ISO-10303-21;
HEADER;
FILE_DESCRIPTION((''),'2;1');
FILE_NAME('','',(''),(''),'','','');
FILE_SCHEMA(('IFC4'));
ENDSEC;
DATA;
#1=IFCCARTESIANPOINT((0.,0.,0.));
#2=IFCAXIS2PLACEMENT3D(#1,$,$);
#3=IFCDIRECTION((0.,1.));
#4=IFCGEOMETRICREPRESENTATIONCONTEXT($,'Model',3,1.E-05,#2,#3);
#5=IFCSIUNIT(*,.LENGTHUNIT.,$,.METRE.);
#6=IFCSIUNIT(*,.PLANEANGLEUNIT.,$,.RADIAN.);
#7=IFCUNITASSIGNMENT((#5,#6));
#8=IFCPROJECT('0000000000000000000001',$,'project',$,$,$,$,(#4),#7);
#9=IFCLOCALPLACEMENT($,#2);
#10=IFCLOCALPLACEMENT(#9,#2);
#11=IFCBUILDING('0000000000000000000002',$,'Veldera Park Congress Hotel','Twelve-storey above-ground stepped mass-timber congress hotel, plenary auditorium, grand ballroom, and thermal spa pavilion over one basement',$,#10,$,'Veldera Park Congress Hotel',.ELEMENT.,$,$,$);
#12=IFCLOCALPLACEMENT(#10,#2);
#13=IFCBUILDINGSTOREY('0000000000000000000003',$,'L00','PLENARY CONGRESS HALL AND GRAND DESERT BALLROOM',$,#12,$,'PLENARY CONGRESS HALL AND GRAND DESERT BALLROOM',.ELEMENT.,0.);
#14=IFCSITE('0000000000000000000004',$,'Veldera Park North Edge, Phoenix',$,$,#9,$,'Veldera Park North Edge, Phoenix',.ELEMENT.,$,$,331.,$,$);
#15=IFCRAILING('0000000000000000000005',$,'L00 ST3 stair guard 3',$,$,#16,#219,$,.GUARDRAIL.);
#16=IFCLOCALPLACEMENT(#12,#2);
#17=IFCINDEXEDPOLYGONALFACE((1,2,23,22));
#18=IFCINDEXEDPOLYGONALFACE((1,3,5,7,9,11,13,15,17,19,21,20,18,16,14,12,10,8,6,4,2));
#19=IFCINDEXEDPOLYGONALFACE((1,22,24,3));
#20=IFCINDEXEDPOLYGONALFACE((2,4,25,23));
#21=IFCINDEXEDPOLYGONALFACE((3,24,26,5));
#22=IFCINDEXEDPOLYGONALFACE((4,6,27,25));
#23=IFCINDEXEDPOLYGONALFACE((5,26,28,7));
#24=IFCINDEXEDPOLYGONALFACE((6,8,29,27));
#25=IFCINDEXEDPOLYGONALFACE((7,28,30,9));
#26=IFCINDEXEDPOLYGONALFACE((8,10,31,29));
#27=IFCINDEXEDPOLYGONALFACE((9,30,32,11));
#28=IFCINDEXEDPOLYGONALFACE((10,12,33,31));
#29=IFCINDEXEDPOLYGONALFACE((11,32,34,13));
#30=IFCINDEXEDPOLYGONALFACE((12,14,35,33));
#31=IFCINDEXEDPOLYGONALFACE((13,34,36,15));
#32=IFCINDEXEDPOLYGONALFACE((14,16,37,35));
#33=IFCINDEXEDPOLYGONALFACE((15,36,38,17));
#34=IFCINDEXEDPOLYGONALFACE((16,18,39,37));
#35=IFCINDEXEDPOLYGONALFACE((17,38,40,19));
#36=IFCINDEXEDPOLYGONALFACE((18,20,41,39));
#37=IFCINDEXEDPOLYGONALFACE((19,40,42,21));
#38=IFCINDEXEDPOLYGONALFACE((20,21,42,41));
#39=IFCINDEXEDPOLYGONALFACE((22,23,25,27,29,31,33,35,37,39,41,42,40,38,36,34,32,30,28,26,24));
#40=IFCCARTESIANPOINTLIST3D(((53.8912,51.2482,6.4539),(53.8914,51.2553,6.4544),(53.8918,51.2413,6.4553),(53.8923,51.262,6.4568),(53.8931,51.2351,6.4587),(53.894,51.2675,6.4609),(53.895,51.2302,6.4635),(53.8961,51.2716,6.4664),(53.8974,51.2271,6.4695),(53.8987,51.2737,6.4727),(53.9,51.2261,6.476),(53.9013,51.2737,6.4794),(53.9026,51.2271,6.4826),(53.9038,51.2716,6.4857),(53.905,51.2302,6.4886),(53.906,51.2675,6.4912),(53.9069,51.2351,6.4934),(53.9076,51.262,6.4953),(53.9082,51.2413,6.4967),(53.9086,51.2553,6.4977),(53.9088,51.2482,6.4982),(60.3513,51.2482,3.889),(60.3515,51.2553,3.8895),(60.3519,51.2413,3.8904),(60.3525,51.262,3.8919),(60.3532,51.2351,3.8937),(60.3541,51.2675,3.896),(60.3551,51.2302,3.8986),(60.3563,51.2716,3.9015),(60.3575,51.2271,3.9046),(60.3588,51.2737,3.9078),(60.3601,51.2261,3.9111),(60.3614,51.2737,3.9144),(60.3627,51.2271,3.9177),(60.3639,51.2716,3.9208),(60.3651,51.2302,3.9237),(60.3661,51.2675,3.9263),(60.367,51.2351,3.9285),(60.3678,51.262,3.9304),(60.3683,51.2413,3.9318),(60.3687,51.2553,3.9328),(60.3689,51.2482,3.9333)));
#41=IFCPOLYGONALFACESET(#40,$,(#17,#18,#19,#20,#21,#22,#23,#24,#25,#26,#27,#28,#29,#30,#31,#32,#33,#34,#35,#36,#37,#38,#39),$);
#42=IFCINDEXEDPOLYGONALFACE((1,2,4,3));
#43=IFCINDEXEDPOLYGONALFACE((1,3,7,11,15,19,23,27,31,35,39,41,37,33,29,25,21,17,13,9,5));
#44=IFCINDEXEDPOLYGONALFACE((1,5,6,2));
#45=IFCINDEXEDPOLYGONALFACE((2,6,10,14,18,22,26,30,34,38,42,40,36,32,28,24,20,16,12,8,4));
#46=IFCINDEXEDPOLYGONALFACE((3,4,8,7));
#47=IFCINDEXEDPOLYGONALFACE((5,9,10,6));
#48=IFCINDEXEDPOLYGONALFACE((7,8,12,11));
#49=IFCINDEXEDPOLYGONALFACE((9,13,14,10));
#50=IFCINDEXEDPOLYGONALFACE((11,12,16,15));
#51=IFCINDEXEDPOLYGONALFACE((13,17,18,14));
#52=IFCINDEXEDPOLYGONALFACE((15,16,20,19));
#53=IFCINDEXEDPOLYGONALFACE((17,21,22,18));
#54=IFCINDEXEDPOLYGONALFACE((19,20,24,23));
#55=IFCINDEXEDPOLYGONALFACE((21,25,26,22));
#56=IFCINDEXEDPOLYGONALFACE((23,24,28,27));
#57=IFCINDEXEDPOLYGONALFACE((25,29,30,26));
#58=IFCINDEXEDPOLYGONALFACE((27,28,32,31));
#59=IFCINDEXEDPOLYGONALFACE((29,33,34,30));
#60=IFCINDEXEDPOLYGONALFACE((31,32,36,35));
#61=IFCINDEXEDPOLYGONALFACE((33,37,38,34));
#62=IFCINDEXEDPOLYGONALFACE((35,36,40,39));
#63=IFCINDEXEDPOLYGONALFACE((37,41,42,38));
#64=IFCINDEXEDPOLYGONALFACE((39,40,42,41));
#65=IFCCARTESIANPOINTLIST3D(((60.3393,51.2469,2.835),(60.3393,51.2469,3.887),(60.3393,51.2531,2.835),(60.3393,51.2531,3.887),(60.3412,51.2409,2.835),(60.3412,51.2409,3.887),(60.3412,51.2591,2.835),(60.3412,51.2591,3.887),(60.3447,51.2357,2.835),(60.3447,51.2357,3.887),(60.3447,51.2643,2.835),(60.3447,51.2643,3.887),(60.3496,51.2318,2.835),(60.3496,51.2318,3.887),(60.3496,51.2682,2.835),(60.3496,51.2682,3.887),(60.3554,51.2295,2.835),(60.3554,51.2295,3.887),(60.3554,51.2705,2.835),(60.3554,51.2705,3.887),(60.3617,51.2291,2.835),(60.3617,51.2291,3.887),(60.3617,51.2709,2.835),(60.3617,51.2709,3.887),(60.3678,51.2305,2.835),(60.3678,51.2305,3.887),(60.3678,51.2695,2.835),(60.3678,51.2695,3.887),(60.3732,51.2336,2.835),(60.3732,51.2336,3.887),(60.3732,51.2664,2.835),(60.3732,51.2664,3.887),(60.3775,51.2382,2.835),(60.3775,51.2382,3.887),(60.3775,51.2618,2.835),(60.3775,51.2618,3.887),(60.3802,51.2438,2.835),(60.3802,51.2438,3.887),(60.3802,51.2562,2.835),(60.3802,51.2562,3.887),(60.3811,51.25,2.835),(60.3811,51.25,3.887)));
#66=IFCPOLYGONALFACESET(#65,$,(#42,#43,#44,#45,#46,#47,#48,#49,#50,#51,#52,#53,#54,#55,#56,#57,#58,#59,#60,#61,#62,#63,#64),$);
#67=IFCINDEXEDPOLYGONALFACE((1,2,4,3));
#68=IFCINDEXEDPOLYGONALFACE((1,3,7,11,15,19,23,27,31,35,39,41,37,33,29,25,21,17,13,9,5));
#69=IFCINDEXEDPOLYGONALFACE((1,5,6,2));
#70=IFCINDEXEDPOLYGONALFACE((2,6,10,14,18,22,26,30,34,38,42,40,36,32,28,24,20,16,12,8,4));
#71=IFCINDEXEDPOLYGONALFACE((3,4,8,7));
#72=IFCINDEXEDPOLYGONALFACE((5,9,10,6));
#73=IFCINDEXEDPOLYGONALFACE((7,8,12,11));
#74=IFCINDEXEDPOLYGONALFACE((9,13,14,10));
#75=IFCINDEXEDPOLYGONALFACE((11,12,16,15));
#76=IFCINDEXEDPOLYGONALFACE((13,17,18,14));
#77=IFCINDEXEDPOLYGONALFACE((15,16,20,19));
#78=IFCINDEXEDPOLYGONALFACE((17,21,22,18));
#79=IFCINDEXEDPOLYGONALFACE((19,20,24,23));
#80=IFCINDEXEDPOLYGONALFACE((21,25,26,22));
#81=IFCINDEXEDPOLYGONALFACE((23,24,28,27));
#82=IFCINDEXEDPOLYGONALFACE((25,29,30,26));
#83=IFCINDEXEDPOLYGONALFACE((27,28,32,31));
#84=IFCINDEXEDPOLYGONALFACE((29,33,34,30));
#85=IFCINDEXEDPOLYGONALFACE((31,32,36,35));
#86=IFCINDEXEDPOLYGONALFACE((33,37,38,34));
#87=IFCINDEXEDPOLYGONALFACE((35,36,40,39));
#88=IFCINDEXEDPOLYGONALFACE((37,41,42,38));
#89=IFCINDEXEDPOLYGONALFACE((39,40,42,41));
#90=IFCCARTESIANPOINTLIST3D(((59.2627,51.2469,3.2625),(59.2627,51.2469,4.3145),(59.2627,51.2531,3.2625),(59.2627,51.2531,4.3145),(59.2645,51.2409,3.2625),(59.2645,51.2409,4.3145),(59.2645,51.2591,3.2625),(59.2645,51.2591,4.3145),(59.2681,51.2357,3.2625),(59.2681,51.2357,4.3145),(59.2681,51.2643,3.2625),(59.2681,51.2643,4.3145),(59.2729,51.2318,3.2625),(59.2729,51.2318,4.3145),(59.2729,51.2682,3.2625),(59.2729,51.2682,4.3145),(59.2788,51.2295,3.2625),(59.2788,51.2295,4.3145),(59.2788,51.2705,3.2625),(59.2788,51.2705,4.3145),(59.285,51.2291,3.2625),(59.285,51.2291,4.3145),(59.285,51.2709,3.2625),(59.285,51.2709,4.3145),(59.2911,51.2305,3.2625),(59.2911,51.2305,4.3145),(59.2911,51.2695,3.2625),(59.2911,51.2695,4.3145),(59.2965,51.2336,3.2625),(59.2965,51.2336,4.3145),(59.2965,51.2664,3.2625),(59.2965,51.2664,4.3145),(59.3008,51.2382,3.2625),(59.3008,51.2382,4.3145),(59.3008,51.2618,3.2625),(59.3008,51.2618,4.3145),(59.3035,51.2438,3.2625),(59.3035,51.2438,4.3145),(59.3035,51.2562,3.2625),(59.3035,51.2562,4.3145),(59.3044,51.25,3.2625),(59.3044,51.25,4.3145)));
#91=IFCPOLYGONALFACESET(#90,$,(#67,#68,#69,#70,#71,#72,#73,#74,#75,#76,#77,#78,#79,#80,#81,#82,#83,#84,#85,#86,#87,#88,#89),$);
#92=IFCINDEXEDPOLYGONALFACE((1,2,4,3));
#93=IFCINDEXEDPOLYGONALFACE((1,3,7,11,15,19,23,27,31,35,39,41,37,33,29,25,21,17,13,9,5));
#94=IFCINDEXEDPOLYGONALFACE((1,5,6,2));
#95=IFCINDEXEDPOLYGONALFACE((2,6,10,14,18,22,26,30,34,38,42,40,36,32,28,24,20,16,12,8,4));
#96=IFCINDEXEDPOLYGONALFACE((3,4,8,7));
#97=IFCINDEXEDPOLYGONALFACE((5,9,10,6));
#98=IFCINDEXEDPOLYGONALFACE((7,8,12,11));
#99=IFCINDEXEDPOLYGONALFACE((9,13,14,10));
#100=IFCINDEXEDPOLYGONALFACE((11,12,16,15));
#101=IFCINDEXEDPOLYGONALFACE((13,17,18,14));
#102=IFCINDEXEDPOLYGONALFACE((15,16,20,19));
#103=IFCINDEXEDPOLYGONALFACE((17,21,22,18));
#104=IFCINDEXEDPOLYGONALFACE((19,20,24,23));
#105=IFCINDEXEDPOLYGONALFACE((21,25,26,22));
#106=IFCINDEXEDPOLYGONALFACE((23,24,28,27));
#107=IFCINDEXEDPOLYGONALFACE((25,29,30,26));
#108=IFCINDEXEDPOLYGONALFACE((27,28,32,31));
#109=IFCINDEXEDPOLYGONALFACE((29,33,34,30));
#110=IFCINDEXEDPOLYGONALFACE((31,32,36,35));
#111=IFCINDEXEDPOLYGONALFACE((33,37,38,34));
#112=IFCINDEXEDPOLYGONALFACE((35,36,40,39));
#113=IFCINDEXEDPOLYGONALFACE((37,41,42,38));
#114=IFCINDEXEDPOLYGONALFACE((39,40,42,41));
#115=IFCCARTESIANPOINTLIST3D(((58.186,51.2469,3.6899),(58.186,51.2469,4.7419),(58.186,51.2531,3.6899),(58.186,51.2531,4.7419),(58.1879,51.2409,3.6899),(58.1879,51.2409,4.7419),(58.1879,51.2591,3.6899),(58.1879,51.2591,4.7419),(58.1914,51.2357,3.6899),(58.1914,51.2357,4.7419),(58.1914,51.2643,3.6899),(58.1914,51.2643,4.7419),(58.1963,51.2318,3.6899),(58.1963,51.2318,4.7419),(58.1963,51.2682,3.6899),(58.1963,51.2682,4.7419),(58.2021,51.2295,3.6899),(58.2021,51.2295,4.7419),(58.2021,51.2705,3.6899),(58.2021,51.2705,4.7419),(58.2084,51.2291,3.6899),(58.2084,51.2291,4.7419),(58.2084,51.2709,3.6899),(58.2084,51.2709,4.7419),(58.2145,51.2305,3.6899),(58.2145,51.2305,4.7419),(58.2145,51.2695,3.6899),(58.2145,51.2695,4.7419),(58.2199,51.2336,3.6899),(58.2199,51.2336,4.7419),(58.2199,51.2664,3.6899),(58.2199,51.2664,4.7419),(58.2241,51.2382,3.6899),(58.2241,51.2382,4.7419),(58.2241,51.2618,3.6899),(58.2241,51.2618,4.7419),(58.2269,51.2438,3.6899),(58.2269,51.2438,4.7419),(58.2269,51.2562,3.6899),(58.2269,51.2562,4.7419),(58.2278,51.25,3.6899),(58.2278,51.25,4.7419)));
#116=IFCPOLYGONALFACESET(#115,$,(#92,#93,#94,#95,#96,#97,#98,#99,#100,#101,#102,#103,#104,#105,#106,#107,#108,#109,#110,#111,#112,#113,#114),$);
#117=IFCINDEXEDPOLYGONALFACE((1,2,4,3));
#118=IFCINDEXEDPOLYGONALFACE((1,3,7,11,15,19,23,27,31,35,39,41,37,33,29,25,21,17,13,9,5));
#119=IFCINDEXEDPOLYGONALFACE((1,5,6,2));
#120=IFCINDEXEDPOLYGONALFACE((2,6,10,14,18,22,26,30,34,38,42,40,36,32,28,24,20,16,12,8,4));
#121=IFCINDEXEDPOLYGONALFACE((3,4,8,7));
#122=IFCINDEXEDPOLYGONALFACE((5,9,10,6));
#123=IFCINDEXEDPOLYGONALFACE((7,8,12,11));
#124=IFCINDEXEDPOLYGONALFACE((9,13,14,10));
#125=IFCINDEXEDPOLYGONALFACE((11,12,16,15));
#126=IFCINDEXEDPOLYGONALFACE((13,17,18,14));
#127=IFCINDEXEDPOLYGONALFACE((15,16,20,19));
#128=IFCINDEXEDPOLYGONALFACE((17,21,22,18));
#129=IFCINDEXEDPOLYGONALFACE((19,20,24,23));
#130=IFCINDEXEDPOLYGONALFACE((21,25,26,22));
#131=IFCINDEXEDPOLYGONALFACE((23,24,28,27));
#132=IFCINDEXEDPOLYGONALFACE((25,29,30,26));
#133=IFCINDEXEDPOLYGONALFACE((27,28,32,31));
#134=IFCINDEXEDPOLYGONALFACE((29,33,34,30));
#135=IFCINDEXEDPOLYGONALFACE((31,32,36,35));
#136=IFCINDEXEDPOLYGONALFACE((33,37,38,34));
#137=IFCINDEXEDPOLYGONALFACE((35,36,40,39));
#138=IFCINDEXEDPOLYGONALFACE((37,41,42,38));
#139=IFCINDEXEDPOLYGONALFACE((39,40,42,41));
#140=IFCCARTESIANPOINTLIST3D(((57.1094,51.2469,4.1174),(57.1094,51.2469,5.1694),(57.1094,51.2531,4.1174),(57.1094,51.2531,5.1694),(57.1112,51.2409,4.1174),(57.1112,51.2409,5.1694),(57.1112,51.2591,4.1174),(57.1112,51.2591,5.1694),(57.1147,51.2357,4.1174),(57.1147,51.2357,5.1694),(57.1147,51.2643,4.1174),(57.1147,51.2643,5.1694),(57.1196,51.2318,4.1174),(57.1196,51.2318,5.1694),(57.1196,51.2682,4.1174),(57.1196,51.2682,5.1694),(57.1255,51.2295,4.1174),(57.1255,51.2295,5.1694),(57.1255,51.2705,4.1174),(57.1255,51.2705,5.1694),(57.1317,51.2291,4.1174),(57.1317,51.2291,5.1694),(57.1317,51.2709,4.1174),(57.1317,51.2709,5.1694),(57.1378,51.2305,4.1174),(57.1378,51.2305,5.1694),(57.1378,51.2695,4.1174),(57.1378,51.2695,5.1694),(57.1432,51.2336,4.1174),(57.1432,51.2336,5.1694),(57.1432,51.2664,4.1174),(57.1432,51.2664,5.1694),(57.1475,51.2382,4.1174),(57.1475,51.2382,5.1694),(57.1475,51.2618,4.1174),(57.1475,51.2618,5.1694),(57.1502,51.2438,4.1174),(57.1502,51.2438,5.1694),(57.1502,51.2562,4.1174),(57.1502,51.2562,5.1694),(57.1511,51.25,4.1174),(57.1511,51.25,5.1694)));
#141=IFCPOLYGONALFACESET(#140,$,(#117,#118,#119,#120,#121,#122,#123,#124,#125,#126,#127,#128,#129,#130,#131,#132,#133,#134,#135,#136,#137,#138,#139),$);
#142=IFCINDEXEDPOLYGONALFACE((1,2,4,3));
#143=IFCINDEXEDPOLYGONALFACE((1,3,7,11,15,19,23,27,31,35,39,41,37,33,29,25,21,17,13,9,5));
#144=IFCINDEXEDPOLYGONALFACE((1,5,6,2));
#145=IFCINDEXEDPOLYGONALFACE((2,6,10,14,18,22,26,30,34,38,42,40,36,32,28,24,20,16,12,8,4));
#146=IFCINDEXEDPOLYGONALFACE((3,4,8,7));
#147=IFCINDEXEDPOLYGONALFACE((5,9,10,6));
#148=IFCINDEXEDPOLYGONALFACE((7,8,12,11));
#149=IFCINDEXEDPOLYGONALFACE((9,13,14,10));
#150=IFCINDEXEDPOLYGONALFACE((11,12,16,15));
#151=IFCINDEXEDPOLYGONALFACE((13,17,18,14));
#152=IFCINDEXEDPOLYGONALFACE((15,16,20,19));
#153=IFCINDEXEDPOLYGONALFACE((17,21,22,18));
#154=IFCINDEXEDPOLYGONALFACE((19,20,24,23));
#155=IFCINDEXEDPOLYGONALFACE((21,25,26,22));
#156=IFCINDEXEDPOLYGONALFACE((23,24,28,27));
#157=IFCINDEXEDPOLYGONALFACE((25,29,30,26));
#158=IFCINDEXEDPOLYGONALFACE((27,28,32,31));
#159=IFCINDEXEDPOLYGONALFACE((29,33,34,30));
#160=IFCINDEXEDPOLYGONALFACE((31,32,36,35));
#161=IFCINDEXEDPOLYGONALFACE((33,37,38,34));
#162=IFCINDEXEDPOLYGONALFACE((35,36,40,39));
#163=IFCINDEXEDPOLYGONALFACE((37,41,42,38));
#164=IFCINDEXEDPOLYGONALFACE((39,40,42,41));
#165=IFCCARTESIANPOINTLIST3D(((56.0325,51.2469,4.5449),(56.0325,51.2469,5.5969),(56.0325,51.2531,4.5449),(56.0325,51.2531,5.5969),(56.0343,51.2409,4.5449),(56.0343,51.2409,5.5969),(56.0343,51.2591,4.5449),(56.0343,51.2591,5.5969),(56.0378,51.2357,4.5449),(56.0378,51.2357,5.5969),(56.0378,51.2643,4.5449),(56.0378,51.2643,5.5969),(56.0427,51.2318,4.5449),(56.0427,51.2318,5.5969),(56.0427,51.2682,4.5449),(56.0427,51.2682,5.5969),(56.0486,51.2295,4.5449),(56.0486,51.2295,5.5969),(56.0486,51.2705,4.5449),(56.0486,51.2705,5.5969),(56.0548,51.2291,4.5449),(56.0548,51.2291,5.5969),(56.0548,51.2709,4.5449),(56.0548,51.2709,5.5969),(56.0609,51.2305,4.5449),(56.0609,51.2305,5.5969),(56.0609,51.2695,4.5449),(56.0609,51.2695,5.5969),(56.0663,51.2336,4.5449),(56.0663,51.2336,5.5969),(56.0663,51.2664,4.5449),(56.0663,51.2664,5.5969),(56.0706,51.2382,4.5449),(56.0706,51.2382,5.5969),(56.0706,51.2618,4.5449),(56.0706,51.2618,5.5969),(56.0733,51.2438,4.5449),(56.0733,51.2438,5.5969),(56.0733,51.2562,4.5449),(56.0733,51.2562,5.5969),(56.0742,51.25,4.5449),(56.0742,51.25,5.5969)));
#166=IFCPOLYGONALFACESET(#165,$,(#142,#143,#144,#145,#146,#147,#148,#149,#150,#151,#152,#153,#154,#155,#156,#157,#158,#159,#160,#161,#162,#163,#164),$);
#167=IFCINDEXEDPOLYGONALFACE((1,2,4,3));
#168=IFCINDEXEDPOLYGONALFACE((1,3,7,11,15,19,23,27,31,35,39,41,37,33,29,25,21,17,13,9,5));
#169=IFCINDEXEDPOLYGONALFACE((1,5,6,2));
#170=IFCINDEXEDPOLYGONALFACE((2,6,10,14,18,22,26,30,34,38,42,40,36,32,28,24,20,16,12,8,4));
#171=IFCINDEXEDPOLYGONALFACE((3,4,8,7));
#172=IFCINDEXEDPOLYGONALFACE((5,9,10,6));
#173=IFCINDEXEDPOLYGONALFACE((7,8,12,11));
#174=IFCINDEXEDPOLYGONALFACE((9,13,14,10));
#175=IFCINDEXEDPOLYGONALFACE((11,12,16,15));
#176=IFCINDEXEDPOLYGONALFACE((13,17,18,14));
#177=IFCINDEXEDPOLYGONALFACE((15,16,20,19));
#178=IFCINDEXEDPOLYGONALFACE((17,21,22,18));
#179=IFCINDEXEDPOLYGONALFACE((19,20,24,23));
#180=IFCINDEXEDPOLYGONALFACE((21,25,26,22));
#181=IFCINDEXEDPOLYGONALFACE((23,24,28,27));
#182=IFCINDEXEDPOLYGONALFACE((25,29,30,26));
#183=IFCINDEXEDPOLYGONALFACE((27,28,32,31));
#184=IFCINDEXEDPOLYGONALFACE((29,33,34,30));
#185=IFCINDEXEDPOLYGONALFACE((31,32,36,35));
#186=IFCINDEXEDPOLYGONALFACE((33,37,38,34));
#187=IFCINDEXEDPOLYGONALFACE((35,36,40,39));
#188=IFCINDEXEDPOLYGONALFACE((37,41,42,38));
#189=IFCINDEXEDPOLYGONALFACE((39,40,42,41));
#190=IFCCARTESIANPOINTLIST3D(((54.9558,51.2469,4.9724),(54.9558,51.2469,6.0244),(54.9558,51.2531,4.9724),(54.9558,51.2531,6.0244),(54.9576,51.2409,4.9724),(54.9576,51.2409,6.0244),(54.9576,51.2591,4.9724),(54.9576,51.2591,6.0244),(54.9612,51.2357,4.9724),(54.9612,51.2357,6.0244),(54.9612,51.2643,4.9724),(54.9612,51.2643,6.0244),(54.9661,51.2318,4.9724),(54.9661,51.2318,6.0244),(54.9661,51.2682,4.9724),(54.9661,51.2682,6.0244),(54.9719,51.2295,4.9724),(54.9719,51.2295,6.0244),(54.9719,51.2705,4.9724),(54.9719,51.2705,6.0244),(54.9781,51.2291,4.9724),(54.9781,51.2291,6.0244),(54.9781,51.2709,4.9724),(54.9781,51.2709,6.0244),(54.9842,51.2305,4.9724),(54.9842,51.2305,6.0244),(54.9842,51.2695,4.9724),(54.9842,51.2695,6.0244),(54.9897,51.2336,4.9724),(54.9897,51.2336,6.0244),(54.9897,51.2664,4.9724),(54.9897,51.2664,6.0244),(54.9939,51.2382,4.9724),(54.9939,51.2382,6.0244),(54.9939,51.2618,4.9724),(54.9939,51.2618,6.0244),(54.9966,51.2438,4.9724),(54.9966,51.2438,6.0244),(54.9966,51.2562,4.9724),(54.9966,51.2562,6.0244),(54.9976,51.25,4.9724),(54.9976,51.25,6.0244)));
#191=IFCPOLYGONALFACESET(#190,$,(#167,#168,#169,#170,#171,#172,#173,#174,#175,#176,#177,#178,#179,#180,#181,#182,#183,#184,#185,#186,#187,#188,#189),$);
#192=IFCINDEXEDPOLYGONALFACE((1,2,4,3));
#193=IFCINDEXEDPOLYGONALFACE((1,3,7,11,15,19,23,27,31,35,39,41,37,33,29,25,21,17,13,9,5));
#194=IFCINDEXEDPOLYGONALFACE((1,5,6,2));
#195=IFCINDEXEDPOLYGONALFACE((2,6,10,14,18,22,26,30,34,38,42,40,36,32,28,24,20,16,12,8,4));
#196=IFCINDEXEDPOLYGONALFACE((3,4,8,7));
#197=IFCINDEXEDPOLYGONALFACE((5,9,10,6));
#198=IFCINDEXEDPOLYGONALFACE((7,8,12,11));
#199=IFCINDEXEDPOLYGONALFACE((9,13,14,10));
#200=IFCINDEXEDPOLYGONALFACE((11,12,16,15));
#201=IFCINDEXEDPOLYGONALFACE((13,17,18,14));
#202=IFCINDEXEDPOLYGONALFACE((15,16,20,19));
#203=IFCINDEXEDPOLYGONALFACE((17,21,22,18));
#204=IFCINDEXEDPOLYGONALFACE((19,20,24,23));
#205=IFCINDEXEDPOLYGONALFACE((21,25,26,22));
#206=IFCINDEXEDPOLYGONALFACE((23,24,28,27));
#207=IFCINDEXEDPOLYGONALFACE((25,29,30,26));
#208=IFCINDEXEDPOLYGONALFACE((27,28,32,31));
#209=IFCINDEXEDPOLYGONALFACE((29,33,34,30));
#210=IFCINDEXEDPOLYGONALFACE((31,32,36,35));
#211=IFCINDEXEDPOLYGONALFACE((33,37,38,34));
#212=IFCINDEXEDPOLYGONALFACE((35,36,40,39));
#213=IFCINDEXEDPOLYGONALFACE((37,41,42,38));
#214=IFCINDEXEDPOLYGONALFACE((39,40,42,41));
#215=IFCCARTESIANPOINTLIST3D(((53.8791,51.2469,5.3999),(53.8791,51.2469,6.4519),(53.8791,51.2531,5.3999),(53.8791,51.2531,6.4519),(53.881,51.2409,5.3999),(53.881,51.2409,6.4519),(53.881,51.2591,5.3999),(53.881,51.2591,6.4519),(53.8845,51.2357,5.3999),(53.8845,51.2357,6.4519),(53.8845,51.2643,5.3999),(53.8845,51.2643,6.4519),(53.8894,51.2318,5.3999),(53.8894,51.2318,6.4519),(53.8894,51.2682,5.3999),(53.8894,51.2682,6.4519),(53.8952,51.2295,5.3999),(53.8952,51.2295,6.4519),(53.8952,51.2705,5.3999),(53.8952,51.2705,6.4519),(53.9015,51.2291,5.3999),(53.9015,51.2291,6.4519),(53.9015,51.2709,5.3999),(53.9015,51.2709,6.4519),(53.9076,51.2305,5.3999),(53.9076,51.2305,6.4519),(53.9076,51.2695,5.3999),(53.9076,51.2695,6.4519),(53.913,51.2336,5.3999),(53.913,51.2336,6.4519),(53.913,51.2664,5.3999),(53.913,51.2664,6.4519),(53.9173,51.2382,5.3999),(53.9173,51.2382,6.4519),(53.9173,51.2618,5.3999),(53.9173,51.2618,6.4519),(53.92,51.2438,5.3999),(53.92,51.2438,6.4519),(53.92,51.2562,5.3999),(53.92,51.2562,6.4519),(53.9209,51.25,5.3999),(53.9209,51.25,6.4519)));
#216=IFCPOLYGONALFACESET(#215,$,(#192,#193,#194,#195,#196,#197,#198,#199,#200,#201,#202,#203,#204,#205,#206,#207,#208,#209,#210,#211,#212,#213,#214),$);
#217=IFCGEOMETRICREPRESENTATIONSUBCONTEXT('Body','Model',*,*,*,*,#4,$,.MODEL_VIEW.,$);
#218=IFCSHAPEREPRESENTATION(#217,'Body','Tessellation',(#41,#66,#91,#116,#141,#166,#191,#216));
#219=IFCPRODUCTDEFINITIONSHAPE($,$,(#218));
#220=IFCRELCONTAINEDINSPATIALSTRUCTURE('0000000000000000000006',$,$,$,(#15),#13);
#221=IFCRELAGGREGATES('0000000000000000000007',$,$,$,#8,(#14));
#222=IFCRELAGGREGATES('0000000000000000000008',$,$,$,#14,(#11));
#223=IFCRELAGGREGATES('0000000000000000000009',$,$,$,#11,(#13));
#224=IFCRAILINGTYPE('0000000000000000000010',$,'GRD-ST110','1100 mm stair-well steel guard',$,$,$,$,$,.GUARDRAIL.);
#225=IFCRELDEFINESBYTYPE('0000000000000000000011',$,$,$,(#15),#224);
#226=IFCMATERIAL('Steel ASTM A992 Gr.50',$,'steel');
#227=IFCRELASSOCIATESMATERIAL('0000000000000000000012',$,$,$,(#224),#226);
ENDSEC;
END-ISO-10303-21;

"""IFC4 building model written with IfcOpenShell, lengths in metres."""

from ifc_helpers import new_model, si_unit, direction, frame, origin, origin_2d, place, context, subcontext, project, spatial, circle, extrude, material, type_object, element, save


model = new_model("IFC4")

# Units and contexts
model_context = context("Model", 3, precision=1e-05, world=origin(), true_north=direction((0.0, 1.0)))
body_context = subcontext(model_context, "Body", "Model", "MODEL_VIEW")
ifc_project = project(units=[si_unit("LENGTHUNIT", "METRE"), si_unit("PLANEANGLEUNIT", "RADIAN")], contexts=[model_context])

# Site, building, storey
site_placement = place(None, origin())
site = spatial("IfcSite", under=ifc_project, at=site_placement, Name="Veldera Park North Edge, Phoenix", LongName="Veldera Park North Edge, Phoenix", CompositionType="ELEMENT", RefElevation=331.0)
building_placement = place(site_placement, origin())
building = spatial("IfcBuilding", under=site, at=building_placement, Name="Veldera Park Congress Hotel", Description="Twelve-storey above-ground stepped mass-timber congress hotel, plenary auditorium, grand ballroom, and thermal spa pavilion over one basement", LongName="Veldera Park Congress Hotel", CompositionType="ELEMENT")
storey_placement = place(building_placement, origin())
storey = spatial("IfcBuildingStorey", under=building, at=storey_placement, Name="L00", Description="PLENARY CONGRESS HALL AND GRAND DESERT BALLROOM", LongName="PLENARY CONGRESS HALL AND GRAND DESERT BALLROOM", CompositionType="ELEMENT", Elevation=0.0)

# Shared definitions
ifc_material_1 = material(Name="Steel ASTM A992 Gr.50", Category="steel")

# Railing
railing_type_1 = type_object("IfcRailingType", Name="GRD-ST110", Description="1100 mm stair-well steel guard", PredefinedType="GUARDRAIL", material=ifc_material_1)
railing_1_placement = place(storey_placement, frame((60.3601, 51.25, 2.835)))
element("IfcRailing", 1, at=railing_1_placement, inside=storey, type_object=railing_type_1, Name="L00 ST3 stair guard 3", PredefinedType="GUARDRAIL", context=body_context, shape_type="SweptSolid", body=[
    extrude(circle(Radius=0.0239, at=origin_2d()), frame((0.0, 0.0, 1.0762), z_axis=(-0.929423, 0.0, 0.369016), x_axis=(0.0, -1.0, 0.0)), (0.0, 0.0, 1.0), 6.9507),
    extrude(circle(Radius=0.021, at=origin_2d()), origin(), (0.0, 0.0, 1.0), 1.052),
    extrude(circle(Radius=0.021, at=origin_2d()), frame((-1.0767, 0.0, 0.4275)), (0.0, 0.0, 1.0), 1.052),
    extrude(circle(Radius=0.021, at=origin_2d()), frame((-2.1533, 0.0, 0.855)), (0.0, 0.0, 1.0), 1.052),
    extrude(circle(Radius=0.021, at=origin_2d()), frame((-3.23, 0.0, 1.2825)), (0.0, 0.0, 1.0), 1.052),
    extrude(circle(Radius=0.021, at=origin_2d()), frame((-4.3069, 0.0, 1.71)), (0.0, 0.0, 1.0), 1.052),
    extrude(circle(Radius=0.021, at=origin_2d()), frame((-5.3835, 0.0, 2.1375)), (0.0, 0.0, 1.0), 1.052),
    extrude(circle(Radius=0.021, at=origin_2d()), frame((-6.4602, 0.0, 2.5649)), (0.0, 0.0, 1.0), 1.052),
])

save(model, "model.ifc")
